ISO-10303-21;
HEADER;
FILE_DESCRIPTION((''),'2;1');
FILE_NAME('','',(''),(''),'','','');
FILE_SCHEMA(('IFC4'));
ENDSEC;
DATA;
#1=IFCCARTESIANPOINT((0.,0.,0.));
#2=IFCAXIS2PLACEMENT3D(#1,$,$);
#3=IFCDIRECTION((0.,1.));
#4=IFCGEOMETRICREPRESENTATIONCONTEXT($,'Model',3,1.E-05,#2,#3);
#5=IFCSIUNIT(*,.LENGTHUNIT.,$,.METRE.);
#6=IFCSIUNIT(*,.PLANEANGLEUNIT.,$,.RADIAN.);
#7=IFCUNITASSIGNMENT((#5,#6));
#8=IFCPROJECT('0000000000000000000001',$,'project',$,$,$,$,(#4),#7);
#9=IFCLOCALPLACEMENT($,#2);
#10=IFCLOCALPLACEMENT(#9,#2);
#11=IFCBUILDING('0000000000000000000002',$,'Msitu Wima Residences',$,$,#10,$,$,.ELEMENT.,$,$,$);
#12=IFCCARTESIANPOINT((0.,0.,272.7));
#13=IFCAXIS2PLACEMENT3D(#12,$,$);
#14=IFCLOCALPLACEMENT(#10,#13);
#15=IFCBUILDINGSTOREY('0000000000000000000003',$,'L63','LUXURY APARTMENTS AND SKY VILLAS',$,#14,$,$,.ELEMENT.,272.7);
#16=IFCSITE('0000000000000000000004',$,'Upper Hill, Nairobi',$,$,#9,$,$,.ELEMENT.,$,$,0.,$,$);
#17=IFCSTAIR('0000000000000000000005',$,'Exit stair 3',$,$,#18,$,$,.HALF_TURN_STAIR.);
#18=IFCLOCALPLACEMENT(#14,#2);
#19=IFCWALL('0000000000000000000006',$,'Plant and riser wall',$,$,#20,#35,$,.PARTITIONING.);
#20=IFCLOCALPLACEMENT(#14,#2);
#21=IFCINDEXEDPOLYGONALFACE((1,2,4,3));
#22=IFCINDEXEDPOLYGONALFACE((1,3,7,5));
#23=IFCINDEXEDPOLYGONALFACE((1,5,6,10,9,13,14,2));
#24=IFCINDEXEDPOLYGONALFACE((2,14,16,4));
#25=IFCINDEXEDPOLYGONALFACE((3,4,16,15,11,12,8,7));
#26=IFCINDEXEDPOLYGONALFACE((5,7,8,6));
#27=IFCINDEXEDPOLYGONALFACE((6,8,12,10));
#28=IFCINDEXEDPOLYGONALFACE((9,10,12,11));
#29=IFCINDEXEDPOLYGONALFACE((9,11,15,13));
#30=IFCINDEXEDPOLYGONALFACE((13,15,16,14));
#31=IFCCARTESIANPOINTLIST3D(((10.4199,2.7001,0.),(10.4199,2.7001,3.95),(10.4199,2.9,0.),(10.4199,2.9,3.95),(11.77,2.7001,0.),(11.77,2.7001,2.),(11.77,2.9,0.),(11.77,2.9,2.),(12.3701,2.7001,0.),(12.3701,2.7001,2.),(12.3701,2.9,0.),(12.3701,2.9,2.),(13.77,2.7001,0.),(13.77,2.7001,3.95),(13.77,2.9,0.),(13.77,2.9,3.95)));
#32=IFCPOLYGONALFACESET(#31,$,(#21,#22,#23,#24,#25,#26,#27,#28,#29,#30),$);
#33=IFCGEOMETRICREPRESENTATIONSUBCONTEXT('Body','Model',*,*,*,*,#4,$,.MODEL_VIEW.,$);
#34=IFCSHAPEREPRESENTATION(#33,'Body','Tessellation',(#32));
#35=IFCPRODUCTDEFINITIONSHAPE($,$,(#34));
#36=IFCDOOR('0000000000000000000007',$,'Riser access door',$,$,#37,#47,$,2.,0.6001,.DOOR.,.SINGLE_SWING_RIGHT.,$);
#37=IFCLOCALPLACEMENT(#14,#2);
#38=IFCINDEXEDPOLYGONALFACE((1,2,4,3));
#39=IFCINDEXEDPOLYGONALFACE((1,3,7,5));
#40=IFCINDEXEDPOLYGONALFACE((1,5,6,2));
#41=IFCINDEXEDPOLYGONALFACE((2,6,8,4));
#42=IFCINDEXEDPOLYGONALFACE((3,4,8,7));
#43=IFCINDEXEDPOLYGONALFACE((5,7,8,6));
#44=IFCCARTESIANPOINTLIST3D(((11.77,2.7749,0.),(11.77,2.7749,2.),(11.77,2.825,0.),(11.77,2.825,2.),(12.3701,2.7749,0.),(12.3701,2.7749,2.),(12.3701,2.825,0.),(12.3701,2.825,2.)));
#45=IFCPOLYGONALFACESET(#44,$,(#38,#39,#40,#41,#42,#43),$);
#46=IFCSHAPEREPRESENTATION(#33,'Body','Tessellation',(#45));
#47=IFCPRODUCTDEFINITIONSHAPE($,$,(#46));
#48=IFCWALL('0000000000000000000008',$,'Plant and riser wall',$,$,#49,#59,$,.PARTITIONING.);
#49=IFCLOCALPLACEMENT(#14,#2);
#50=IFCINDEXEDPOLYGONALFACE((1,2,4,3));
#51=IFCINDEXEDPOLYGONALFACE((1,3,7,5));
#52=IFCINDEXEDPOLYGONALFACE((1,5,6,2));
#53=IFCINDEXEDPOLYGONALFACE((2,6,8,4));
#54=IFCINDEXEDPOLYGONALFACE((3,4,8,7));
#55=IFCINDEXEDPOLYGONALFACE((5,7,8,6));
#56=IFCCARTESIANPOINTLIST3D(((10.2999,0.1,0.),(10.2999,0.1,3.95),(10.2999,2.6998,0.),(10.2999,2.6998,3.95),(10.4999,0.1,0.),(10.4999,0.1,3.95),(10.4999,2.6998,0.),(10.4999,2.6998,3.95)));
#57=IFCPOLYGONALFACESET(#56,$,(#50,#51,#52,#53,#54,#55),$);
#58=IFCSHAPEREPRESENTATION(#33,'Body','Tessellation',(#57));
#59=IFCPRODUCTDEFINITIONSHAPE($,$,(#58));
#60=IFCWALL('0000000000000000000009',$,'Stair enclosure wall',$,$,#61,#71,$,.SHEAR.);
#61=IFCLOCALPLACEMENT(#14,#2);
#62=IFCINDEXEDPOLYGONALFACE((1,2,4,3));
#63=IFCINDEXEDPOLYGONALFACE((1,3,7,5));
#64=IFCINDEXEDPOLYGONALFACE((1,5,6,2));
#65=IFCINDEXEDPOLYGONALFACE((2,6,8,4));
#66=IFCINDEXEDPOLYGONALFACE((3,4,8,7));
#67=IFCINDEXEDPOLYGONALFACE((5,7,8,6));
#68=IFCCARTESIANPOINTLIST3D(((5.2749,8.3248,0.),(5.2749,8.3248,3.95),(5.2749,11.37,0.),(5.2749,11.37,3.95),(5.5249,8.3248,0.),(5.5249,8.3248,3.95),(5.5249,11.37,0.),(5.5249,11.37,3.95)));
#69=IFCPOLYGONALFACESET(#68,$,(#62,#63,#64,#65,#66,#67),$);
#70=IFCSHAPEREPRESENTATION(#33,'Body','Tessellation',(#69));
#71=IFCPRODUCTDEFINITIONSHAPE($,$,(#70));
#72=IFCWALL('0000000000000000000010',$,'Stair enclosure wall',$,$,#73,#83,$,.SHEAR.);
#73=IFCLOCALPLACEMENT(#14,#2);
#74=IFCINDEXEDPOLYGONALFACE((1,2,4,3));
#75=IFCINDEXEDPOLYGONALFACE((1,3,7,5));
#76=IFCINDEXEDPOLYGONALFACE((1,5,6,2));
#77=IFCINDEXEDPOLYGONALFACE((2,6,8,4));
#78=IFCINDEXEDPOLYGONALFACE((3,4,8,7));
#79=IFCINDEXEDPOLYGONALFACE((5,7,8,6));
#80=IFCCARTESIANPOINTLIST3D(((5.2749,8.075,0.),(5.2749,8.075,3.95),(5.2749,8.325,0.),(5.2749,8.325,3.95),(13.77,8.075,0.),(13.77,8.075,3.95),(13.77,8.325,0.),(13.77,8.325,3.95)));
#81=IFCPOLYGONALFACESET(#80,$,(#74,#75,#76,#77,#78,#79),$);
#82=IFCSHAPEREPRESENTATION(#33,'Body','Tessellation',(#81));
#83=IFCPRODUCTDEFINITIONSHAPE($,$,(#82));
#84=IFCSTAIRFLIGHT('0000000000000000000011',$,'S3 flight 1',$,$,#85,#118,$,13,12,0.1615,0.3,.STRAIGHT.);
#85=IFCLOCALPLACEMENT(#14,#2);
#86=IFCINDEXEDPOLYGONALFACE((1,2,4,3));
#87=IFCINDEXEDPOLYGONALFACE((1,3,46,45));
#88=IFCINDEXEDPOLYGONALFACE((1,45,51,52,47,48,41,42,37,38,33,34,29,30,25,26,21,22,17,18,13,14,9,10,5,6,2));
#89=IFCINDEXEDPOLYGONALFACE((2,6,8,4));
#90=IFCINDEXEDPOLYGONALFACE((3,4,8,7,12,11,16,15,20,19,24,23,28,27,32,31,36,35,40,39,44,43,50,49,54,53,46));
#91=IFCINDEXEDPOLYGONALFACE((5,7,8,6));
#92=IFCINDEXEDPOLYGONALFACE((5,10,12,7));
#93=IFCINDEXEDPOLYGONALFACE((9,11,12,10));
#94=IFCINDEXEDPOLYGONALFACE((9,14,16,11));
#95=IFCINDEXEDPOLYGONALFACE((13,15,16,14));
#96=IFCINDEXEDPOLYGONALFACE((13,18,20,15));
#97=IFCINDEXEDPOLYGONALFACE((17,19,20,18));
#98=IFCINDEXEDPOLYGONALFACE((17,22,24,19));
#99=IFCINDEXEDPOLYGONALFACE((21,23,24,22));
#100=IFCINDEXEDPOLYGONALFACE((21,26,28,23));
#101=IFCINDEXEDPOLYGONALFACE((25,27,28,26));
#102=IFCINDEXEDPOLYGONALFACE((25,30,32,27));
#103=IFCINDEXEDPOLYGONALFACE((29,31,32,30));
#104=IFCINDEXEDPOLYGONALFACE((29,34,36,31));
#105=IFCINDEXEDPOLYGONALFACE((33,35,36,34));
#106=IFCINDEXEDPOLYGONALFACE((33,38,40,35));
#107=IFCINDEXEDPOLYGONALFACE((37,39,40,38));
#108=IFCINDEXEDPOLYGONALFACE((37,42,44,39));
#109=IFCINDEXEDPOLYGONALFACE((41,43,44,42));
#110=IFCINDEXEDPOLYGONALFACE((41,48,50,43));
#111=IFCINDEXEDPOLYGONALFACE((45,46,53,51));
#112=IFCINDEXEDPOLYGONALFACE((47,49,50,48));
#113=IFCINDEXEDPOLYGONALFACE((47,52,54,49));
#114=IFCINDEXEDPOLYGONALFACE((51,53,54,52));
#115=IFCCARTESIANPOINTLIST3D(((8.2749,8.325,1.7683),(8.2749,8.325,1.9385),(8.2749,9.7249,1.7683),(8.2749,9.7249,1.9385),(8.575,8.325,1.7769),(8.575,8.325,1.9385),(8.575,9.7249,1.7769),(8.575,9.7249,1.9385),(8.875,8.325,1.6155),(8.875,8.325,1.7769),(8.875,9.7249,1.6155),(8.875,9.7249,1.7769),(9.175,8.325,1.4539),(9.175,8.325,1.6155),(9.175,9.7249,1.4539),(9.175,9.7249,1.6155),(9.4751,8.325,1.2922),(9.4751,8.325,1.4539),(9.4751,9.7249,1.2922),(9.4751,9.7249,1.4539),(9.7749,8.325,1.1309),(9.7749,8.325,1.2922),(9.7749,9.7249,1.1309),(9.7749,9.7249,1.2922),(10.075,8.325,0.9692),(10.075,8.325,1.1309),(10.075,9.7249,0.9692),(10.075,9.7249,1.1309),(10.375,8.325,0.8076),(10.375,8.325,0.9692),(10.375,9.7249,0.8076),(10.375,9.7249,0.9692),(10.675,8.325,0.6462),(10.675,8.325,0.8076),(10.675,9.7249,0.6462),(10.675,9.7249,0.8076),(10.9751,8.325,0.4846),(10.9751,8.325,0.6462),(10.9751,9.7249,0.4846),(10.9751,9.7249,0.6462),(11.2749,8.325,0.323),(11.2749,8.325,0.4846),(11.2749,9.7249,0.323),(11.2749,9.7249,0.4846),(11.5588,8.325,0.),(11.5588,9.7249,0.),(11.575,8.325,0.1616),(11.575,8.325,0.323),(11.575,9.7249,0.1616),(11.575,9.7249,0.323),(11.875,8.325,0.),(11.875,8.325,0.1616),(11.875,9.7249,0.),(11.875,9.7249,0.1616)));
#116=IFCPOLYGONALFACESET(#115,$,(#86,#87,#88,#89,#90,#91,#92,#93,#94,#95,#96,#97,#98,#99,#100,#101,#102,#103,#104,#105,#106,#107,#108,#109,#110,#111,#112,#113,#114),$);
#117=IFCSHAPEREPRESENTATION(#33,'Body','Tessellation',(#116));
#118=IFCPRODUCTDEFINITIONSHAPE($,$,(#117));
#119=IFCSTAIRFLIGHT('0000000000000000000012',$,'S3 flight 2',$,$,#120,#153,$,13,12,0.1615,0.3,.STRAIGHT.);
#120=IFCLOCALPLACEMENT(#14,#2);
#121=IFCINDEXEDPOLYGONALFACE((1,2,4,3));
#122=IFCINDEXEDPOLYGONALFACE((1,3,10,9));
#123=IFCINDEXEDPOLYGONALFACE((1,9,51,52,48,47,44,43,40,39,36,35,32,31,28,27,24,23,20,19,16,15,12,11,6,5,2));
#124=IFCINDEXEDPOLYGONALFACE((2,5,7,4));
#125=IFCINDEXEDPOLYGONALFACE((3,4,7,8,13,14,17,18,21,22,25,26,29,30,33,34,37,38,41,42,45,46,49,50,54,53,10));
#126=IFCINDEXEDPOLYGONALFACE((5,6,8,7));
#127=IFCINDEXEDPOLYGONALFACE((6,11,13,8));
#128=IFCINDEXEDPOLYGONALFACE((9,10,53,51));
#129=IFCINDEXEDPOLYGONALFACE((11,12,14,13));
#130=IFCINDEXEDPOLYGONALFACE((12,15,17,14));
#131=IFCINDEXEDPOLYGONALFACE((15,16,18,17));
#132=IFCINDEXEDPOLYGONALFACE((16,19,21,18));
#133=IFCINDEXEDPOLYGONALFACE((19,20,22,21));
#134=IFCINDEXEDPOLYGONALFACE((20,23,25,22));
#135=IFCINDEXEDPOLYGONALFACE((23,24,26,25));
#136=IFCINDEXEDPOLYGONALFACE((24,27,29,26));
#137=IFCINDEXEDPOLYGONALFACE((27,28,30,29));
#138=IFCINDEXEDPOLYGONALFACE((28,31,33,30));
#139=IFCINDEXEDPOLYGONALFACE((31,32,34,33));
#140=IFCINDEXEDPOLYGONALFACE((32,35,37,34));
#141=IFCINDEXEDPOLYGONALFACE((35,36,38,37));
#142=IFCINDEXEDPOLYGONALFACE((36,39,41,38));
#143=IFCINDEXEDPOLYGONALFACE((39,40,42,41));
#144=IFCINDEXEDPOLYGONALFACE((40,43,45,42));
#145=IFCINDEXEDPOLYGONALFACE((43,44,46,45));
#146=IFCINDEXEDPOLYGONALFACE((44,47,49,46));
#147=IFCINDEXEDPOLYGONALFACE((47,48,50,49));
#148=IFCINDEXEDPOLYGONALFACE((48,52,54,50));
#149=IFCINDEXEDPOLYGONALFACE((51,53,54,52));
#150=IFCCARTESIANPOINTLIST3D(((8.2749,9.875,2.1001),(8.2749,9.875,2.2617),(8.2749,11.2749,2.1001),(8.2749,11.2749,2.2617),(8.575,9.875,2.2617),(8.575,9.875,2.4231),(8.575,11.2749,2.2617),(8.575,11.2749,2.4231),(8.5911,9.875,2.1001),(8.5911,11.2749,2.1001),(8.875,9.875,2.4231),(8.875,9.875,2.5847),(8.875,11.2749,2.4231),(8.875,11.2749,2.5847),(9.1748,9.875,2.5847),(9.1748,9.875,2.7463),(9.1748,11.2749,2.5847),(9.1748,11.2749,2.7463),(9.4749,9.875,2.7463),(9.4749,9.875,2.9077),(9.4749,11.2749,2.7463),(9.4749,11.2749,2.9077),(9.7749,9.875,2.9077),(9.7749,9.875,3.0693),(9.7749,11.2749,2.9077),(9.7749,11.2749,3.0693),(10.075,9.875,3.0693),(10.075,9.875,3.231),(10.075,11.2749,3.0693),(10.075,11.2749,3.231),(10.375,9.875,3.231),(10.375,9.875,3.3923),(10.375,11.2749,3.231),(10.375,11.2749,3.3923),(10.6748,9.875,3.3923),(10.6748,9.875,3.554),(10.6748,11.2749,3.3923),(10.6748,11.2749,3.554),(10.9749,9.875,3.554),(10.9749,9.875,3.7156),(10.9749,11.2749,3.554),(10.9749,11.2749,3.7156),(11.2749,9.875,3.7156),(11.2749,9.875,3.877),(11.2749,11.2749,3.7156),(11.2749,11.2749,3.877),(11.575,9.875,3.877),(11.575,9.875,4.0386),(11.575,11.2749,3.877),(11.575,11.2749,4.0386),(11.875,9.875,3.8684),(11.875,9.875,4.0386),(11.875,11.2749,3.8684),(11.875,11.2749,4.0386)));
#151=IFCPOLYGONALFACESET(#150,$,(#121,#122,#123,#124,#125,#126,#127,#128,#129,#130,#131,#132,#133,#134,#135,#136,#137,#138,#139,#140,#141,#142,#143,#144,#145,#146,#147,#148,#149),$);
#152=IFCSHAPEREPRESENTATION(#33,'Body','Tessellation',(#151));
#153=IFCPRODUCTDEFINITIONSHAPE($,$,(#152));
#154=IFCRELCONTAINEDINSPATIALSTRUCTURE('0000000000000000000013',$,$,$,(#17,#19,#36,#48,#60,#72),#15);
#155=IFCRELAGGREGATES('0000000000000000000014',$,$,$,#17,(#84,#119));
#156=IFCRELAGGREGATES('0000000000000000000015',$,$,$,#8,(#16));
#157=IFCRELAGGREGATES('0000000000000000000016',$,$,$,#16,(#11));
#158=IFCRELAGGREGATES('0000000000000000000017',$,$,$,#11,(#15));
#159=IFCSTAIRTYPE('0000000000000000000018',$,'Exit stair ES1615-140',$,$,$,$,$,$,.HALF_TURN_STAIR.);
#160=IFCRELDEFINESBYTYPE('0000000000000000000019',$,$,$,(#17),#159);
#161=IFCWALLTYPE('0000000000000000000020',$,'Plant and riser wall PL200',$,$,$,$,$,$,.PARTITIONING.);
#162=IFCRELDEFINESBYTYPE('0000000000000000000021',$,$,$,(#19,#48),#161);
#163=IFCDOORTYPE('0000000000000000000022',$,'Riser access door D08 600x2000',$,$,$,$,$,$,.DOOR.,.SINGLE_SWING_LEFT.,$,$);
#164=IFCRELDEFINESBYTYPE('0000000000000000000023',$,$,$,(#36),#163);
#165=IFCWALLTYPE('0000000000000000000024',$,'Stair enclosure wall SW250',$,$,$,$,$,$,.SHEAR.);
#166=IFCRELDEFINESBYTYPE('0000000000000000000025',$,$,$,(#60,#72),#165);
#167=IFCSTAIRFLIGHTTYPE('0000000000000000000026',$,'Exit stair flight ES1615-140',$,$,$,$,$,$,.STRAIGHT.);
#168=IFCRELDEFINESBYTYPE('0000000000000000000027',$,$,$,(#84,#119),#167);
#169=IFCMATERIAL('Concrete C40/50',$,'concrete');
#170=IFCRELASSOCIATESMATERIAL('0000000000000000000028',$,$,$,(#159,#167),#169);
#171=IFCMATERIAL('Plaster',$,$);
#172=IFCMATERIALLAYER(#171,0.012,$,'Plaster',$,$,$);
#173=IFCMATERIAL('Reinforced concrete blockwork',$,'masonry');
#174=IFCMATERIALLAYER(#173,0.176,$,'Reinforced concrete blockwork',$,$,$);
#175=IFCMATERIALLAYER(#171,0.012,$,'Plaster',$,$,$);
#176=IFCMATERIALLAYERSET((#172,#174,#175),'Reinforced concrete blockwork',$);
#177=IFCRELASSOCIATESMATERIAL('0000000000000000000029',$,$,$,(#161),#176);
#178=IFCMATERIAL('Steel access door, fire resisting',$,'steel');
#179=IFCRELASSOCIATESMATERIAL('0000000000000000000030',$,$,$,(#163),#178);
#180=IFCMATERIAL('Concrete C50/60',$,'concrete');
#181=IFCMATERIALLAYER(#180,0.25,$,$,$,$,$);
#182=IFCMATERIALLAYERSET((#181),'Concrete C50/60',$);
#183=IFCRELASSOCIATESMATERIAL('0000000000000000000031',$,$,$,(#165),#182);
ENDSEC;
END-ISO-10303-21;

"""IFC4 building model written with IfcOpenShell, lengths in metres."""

from ifc_helpers import new_model, si_unit, direction, frame, frame_2d, origin, place, context, subcontext, project, spatial, polyline, rectangle, outline, extrude, material, layer, layer_set, type_object, element, fill, aggregate, save


model = new_model("IFC4")

# Units and contexts
model_context = context("Model", 3, precision=1e-05, world=origin(), true_north=direction((0.0, 1.0)))
body_context = subcontext(model_context, "Body", "Model", "MODEL_VIEW")
ifc_project = project(units=[si_unit("LENGTHUNIT", "METRE"), si_unit("PLANEANGLEUNIT", "RADIAN")], contexts=[model_context])

# Site, building, storey
site_placement = place(None, origin())
site = spatial("IfcSite", under=ifc_project, at=site_placement, Name="Upper Hill, Nairobi", CompositionType="ELEMENT", RefElevation=0.0)
building_placement = place(site_placement, origin())
building = spatial("IfcBuilding", under=site, at=building_placement, Name="Msitu Wima Residences", CompositionType="ELEMENT")
storey_placement = place(building_placement, frame((0.0, 0.0, 272.7)))
storey = spatial("IfcBuildingStorey", under=building, at=storey_placement, Name="L63", Description="LUXURY APARTMENTS AND SKY VILLAS", CompositionType="ELEMENT", Elevation=272.7)

# Shared definitions
ifc_material_1 = material(Name="Concrete C40/50", Category="concrete")

# Stair
stair_type = type_object("IfcStairType", Name="Exit stair ES1615-140", PredefinedType="HALF_TURN_STAIR", material=ifc_material_1)
stair_1_placement = place(storey_placement, origin())
stair_1 = element("IfcStair", 1, at=stair_1_placement, inside=storey, type_object=stair_type, Name="Exit stair 3", PredefinedType="HALF_TURN_STAIR")

# Shared definitions
ifc_material_2 = material(Name="Plaster")

# Shared definitions
ifc_layer_1 = layer(ifc_material_2, 0.012, Name="Plaster")
ifc_material_3 = material(Name="Reinforced concrete blockwork", Category="masonry")
ifc_layer_2 = layer(ifc_material_3, 0.176, Name="Reinforced concrete blockwork")
ifc_layer_3 = layer(ifc_material_2, 0.012, Name="Plaster")
ifc_layer_set_1 = layer_set([ifc_layer_1, ifc_layer_2, ifc_layer_3], Name="Reinforced concrete blockwork")
wall_type_1 = type_object("IfcWallType", Name="Plant and riser wall PL200", PredefinedType="PARTITIONING", material=ifc_layer_set_1)

# Wall, opening, door
wall_1_placement = place(storey_placement, frame((10.4199, 2.8, 0.0), z_axis=(0.0, 0.0, 1.0), x_axis=(1.0, 0.0, 0.0)))
wall_1 = element("IfcWall", 2, at=wall_1_placement, inside=storey, type_object=wall_type_1, Name="Plant and riser wall", PredefinedType="PARTITIONING", context=body_context, shape_type="SweptSolid", body=[
    extrude(rectangle(XDim=3.3501, YDim=0.2, at=frame_2d((1.675, 0.0))), origin(), (0.0, 0.0, 1.0), 3.95),
])
opening_1_placement = place(wall_1_placement, frame((1.3501, 0.0, 0.0)))
opening_1 = element("IfcOpeningElement", 3, at=opening_1_placement, cuts=wall_1, PredefinedType="OPENING", context=body_context, shape_type="SweptSolid", body=[
    extrude(rectangle(XDim=0.6001, YDim=2.0, at=frame_2d((0.3, 1.0))), frame((0.0, 0.1099, 0.0), z_axis=(0.0, -1.0, 0.0), x_axis=(1.0, 0.0, 0.0)), (0.0, 0.0, 1.0), 0.22),
])
ifc_material_4 = material(Name="Steel access door, fire resisting", Category="steel")
door_type_1 = type_object("IfcDoorType", Name="Riser access door D08 600x2000", OperationType="SINGLE_SWING_LEFT", PredefinedType="DOOR", material=ifc_material_4)
door_1_placement = place(opening_1_placement, origin())
door_1 = element("IfcDoor", 4, at=door_1_placement, inside=storey, type_object=door_type_1, Name="Riser access door", OperationType="SINGLE_SWING_RIGHT", OverallHeight=2.0, OverallWidth=0.6001, PredefinedType="DOOR", context=body_context, shape_type="SweptSolid", body=[
    extrude(rectangle(XDim=0.6001, YDim=2.0, at=frame_2d((0.3, 1.0))), frame((0.0, 0.0249, 0.0), z_axis=(0.0, -1.0, 0.0), x_axis=(1.0, 0.0, 0.0)), (0.0, 0.0, 1.0), 0.05),
])
fill(opening_1, door_1)

# Walls
wall_2_placement = place(storey_placement, frame((10.3999, 0.1001, 0.0), z_axis=(0.0, 0.0, 1.0), x_axis=(0.0, 1.0, 0.0)))
element("IfcWall", 5, at=wall_2_placement, inside=storey, type_object=wall_type_1, Name="Plant and riser wall", PredefinedType="PARTITIONING", context=body_context, shape_type="SweptSolid", body=[
    extrude(rectangle(XDim=2.5999, YDim=0.2, at=frame_2d((1.2998, 0.0))), origin(), (0.0, 0.0, 1.0), 3.95),
])
ifc_material_5 = material(Name="Concrete C50/60", Category="concrete")
ifc_layer_4 = layer(ifc_material_5, 0.25)
ifc_layer_set_2 = layer_set([ifc_layer_4], Name="Concrete C50/60")
wall_type_2 = type_object("IfcWallType", Name="Stair enclosure wall SW250", PredefinedType="SHEAR", material=ifc_layer_set_2)
wall_3_placement = place(storey_placement, frame((5.3999, 8.325, 0.0), z_axis=(0.0, 0.0, 1.0), x_axis=(0.0, 1.0, 0.0)))
element("IfcWall", 6, at=wall_3_placement, inside=storey, type_object=wall_type_2, Name="Stair enclosure wall", PredefinedType="SHEAR", context=body_context, shape_type="SweptSolid", body=[
    extrude(rectangle(XDim=3.0452, YDim=0.25, at=frame_2d((1.5225, 0.0))), origin(), (0.0, 0.0, 1.0), 3.95),
])
wall_4_placement = place(storey_placement, frame((5.2749, 8.2, 0.0), z_axis=(0.0, 0.0, 1.0), x_axis=(1.0, 0.0, 0.0)))
element("IfcWall", 7, at=wall_4_placement, inside=storey, type_object=wall_type_2, Name="Stair enclosure wall", PredefinedType="SHEAR", context=body_context, shape_type="SweptSolid", body=[
    extrude(rectangle(XDim=8.4951, YDim=0.25, at=frame_2d((4.2476, 0.0))), origin(), (0.0, 0.0, 1.0), 3.95),
])

# Stair flights
stair_flight_type = type_object("IfcStairFlightType", Name="Exit stair flight ES1615-140", PredefinedType="STRAIGHT", material=ifc_material_1)
stair_flight_1_placement = place(storey_placement, frame((11.875, 9.0249, 0.0), z_axis=(0.0, 0.0, 1.0), x_axis=(-1.0, 0.0, 0.0)))
stair_flight_1 = element("IfcStairFlight", 8, at=stair_flight_1_placement, type_object=stair_flight_type, Name="S3 flight 1", NumberOfRisers=13, NumberOfTreads=12, PredefinedType="STRAIGHT", RiserHeight=0.1615, TreadLength=0.3, context=body_context, shape_type="SweptSolid", body=[
    extrude(outline(polyline([(0.0, 0.0), (0.0, 0.1616), (0.3, 0.1616), (0.3, 0.323), (0.6001, 0.323), (0.6001, 0.4846), (0.8999, 0.4846), (0.8999, 0.6462), (1.2, 0.6462), (1.2, 0.8076), (1.5, 0.8076), (1.5, 0.9692), (1.8, 0.9692), (1.8, 1.1309), (2.1001, 1.1309), (2.1001, 1.2922), (2.3999, 1.2922), (2.3999, 1.4539), (2.7, 1.4539), (2.7, 1.6155), (3.0, 1.6155), (3.0, 1.7769), (3.3, 1.7769), (3.3, 1.9385), (3.6001, 1.9385), (3.6001, 2.1001), (3.6001, 1.7683), (0.3162, 0.0), (0.0, 0.0)])), frame((0.0, 0.7, 0.0), z_axis=(0.0, -1.0, 0.0), x_axis=(1.0, 0.0, 0.0)), (0.0, 0.0, 1.0), 1.3999),
])
stair_flight_2_placement = place(storey_placement, frame((8.2749, 10.575, 2.1001), z_axis=(0.0, 0.0, 1.0), x_axis=(1.0, 0.0, 0.0)))
stair_flight_2 = element("IfcStairFlight", 9, at=stair_flight_2_placement, type_object=stair_flight_type, Name="S3 flight 2", NumberOfRisers=13, NumberOfTreads=12, PredefinedType="STRAIGHT", RiserHeight=0.1615, TreadLength=0.3, context=body_context, shape_type="SweptSolid", body=[
    extrude(outline(polyline([(0.0, 0.0), (0.0, 0.1616), (0.3, 0.1616), (0.3, 0.323), (0.6001, 0.323), (0.6001, 0.4846), (0.8999, 0.4846), (0.8999, 0.6462), (1.2, 0.6462), (1.2, 0.8076), (1.5, 0.8076), (1.5, 0.9692), (1.8, 0.9692), (1.8, 1.1309), (2.1001, 1.1309), (2.1001, 1.2922), (2.3999, 1.2922), (2.3999, 1.4539), (2.7, 1.4539), (2.7, 1.6155), (3.0, 1.6155), (3.0, 1.7769), (3.3, 1.7769), (3.3, 1.9385), (3.6001, 1.9385), (3.6001, 2.1001), (3.6001, 1.7683), (0.3162, 0.0), (0.0, 0.0)])), frame((0.0, 0.7, 0.0), z_axis=(0.0, -1.0, 0.0), x_axis=(1.0, 0.0, 0.0)), (0.0, 0.0, 1.0), 1.3999),
])
aggregate(stair_1, [stair_flight_1, stair_flight_2])

save(model, "model.ifc")
